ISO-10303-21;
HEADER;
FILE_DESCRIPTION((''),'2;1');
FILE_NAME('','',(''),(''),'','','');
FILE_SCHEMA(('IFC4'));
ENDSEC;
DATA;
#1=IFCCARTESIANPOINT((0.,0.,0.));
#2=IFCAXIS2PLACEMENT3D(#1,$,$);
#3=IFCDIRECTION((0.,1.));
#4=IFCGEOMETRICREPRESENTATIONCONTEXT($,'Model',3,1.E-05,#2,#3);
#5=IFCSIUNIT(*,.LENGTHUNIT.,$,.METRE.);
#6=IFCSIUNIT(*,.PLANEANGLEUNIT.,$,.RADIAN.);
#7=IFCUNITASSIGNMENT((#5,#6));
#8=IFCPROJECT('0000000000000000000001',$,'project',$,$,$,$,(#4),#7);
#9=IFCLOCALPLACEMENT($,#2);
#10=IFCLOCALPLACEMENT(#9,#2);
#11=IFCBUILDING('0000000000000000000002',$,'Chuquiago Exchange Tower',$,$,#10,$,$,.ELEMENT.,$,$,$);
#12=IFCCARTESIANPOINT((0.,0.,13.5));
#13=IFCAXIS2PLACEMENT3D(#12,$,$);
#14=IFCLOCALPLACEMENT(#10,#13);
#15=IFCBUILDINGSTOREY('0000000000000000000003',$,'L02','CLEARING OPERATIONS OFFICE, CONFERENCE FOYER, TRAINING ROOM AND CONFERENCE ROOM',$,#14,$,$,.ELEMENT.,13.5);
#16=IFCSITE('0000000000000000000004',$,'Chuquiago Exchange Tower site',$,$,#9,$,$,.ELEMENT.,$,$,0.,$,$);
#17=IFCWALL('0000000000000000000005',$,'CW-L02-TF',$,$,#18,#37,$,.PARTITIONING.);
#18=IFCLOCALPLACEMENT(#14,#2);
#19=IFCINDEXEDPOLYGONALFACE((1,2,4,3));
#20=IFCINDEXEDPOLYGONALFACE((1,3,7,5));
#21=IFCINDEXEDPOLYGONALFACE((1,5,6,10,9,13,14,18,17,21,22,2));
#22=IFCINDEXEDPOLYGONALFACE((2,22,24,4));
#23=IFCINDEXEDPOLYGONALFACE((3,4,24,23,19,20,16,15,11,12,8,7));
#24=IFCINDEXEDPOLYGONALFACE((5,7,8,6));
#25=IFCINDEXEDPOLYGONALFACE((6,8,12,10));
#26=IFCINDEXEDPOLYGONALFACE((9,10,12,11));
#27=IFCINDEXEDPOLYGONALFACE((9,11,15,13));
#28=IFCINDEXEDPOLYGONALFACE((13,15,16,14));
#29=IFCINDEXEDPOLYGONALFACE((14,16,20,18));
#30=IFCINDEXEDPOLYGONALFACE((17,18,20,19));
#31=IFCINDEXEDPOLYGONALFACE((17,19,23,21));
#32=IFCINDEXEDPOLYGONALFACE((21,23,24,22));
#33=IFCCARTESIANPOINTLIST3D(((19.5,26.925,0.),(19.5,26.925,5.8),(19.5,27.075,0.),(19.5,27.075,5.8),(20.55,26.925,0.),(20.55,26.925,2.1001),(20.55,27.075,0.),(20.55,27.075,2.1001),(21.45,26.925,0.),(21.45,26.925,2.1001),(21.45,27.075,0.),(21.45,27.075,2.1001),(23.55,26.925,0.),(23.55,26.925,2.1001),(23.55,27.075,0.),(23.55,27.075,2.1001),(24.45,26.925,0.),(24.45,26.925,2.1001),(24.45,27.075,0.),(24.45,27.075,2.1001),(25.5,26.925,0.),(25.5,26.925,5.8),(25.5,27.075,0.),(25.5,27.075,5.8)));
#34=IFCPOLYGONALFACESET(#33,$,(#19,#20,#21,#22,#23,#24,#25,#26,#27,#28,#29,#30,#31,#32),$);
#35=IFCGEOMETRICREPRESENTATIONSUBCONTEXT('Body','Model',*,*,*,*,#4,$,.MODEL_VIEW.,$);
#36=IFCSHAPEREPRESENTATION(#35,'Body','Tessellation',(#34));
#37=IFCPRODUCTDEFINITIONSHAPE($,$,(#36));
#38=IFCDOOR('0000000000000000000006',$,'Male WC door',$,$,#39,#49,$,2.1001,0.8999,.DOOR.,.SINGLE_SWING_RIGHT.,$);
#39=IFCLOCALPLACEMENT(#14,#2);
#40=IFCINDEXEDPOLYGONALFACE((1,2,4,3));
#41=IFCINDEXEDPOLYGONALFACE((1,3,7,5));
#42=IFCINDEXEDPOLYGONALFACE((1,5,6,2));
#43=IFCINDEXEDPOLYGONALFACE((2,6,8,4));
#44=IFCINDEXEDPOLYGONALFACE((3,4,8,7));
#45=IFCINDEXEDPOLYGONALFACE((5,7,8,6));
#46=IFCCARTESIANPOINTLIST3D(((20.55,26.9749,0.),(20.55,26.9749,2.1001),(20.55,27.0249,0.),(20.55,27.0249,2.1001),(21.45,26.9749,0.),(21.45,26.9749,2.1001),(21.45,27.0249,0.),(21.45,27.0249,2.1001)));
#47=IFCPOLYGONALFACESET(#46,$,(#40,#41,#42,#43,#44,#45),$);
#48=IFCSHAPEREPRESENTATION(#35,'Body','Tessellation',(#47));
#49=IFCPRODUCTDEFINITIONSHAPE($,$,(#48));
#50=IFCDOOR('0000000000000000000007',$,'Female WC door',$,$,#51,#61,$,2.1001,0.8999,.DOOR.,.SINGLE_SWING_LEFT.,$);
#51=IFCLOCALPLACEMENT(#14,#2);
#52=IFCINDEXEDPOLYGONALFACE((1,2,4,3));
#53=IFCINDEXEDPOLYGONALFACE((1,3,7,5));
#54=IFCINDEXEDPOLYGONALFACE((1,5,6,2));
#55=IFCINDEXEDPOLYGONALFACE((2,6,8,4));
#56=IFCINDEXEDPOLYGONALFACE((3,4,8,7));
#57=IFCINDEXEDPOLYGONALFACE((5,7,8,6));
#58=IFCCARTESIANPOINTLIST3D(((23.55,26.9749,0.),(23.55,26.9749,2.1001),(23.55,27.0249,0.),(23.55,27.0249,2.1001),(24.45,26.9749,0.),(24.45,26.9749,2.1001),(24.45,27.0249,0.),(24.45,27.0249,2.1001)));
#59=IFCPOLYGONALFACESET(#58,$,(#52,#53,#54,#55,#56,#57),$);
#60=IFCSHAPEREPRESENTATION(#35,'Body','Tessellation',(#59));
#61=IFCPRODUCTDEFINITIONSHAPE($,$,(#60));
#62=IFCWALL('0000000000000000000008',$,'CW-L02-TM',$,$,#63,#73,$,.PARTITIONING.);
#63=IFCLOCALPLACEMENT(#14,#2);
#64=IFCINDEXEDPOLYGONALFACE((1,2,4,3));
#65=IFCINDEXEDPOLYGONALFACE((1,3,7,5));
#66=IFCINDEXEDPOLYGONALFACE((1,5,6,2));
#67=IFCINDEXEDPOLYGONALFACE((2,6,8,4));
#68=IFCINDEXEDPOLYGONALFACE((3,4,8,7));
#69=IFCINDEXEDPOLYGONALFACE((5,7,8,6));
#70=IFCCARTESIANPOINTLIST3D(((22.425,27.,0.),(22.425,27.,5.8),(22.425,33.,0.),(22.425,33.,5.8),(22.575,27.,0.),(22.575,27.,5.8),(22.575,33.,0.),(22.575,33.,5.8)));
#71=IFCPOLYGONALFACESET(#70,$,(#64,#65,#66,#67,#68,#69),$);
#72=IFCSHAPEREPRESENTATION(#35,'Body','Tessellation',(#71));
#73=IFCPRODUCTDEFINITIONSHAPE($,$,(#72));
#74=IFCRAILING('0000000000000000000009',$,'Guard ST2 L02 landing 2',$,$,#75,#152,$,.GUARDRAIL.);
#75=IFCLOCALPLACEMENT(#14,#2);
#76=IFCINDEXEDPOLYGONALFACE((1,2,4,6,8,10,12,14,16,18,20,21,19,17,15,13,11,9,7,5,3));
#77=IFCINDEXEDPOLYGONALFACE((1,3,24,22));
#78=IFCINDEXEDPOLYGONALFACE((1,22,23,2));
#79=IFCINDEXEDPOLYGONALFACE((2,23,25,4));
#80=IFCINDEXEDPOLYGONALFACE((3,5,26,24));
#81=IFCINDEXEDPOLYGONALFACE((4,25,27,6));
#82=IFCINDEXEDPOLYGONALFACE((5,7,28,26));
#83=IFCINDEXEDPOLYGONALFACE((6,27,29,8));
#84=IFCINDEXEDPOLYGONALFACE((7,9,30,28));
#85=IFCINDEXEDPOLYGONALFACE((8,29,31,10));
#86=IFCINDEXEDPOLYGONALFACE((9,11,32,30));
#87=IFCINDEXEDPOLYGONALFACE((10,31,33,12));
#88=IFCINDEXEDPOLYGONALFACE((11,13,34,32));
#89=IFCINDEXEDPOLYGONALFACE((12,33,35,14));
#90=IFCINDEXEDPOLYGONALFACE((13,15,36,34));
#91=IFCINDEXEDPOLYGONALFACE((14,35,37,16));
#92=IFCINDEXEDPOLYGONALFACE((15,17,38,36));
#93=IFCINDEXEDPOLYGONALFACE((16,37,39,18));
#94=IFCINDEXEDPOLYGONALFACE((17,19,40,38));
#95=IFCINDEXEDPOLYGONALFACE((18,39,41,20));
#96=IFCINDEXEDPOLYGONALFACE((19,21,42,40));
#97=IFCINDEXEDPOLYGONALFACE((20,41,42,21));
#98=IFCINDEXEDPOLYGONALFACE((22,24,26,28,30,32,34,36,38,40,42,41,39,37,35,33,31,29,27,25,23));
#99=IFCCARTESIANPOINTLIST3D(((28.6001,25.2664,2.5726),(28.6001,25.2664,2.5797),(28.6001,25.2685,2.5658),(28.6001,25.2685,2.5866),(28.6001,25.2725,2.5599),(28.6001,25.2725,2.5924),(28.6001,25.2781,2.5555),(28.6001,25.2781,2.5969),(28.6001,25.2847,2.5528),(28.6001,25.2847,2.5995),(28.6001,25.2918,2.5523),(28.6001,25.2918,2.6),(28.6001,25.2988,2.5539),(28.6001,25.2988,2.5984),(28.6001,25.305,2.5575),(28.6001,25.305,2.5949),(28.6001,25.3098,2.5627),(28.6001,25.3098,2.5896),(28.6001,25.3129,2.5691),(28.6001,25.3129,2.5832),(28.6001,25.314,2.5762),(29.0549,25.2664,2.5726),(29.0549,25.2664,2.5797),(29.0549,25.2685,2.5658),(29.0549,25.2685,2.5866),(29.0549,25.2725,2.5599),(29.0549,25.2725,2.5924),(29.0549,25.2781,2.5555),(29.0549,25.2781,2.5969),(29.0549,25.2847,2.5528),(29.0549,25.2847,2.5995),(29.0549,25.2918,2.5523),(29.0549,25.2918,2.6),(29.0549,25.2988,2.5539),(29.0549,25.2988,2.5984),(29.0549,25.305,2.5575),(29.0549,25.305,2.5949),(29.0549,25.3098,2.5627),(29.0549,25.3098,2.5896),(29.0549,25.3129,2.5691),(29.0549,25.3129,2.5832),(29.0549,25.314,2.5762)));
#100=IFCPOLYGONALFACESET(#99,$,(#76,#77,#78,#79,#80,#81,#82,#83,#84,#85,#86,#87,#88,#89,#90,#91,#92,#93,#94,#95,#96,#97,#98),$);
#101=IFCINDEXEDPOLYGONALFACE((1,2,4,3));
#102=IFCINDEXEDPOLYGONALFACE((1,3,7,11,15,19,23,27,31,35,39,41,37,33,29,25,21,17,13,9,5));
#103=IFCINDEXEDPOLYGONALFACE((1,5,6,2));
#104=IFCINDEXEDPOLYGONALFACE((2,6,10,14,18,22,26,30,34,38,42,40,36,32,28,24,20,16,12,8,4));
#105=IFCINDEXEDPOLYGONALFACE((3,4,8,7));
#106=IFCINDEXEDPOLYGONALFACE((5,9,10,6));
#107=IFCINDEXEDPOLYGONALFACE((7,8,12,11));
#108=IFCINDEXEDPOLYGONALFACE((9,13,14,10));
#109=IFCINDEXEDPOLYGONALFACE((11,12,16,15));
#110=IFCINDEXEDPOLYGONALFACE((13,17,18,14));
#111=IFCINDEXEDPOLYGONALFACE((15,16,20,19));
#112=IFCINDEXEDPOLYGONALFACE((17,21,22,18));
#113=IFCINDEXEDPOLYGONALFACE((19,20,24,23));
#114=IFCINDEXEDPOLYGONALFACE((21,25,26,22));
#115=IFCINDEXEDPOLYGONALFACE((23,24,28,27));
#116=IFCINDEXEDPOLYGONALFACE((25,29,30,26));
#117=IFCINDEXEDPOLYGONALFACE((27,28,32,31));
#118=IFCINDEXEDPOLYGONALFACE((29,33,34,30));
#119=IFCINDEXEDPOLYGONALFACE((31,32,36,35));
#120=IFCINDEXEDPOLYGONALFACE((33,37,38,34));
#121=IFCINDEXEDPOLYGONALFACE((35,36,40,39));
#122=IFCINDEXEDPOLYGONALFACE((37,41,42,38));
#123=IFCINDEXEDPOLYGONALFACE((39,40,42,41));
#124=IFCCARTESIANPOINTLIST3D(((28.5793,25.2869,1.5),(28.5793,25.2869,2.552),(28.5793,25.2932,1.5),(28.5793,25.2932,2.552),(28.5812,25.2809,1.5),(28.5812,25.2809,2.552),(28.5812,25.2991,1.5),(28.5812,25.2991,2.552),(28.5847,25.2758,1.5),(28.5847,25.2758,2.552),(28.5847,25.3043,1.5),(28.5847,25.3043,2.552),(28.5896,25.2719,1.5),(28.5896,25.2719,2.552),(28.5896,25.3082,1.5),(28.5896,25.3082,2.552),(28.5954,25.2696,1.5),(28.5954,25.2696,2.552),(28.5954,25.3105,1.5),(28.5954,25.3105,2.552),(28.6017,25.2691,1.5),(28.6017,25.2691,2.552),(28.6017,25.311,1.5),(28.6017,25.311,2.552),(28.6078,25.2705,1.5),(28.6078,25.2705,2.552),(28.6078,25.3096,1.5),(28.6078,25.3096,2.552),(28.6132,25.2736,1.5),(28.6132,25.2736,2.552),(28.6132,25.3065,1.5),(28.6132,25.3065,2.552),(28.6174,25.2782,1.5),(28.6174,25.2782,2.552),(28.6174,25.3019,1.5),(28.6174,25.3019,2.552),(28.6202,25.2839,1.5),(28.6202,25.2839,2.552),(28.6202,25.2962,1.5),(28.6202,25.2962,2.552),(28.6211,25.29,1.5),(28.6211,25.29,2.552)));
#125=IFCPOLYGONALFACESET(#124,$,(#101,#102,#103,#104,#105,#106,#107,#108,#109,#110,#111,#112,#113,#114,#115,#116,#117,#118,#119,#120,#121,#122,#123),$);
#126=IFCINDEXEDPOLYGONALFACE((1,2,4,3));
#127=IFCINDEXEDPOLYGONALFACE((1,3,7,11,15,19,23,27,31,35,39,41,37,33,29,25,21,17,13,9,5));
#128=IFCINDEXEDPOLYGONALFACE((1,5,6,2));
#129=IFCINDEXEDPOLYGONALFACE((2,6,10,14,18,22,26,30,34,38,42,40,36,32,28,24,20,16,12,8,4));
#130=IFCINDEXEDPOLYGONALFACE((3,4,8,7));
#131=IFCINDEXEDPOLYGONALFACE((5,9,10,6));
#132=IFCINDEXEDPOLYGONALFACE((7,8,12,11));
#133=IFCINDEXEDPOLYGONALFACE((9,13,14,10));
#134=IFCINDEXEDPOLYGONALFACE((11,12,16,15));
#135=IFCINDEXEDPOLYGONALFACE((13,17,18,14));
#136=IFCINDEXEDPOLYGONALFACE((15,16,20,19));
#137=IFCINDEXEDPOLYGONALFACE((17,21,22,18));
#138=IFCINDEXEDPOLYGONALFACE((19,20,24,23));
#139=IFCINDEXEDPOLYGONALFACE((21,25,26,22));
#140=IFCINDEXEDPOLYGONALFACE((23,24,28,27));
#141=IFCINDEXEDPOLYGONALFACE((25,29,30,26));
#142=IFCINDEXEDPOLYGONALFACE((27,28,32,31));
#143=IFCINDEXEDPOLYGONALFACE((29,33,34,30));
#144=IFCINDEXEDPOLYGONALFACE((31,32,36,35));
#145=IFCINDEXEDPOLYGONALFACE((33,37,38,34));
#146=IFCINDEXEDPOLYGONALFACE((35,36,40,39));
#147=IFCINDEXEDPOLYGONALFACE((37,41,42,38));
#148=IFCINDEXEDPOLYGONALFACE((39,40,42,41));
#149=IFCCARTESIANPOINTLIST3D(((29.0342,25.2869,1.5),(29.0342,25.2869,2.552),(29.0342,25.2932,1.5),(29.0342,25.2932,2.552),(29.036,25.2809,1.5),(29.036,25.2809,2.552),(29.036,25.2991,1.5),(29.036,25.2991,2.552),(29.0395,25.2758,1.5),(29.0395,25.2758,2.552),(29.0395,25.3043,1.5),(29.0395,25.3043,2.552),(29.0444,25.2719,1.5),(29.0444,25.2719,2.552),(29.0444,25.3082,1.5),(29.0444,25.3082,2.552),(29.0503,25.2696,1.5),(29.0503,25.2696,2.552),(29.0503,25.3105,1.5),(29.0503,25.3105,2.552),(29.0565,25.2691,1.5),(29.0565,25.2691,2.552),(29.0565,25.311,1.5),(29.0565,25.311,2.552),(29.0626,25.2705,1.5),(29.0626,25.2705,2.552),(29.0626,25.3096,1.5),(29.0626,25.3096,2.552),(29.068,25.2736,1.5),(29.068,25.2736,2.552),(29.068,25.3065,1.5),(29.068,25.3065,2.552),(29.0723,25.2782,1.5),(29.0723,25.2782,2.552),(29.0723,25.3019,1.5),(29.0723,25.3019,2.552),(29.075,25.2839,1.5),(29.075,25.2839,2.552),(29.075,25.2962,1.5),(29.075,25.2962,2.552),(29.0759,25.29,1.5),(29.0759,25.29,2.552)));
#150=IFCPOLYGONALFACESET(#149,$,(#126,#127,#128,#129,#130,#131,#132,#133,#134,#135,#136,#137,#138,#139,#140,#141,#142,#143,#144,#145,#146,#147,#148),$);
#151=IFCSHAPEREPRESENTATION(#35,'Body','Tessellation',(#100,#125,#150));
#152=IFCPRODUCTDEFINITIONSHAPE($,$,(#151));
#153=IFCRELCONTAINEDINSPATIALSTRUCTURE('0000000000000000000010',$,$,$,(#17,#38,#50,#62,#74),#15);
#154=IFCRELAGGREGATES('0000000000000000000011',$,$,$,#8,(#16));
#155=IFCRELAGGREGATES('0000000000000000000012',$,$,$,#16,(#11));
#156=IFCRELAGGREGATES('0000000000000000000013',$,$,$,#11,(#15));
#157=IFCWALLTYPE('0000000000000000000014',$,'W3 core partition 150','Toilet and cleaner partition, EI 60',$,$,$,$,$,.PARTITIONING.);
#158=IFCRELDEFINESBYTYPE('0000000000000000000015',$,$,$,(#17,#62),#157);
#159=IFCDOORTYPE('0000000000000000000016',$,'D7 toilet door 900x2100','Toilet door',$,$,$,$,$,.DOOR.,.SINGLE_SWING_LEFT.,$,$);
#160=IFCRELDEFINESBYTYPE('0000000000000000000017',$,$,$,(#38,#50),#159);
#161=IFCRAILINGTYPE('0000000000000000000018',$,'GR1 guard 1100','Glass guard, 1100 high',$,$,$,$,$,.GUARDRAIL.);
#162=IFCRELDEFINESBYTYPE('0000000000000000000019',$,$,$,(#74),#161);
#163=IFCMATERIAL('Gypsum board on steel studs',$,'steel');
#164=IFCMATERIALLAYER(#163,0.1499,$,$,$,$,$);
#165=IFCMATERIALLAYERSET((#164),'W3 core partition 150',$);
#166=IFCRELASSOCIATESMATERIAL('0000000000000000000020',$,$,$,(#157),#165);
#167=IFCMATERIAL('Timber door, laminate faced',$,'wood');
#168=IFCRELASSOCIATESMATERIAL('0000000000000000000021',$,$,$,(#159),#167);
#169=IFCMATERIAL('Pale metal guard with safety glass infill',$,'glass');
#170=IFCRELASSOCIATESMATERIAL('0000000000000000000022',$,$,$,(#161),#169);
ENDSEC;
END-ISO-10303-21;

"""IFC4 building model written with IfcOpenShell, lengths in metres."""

from ifc_helpers import new_model, si_unit, direction, frame, frame_2d, origin, origin_2d, place, context, subcontext, project, spatial, rectangle, circle, extrude, material, layer, layer_set, type_object, element, fill, save


model = new_model("IFC4")

# Units and contexts
model_context = context("Model", 3, precision=1e-05, world=origin(), true_north=direction((0.0, 1.0)))
body_context = subcontext(model_context, "Body", "Model", "MODEL_VIEW")
ifc_project = project(units=[si_unit("LENGTHUNIT", "METRE"), si_unit("PLANEANGLEUNIT", "RADIAN")], contexts=[model_context])

# Site, building, storey
site_placement = place(None, origin())
site = spatial("IfcSite", under=ifc_project, at=site_placement, Name="Chuquiago Exchange Tower site", CompositionType="ELEMENT", RefElevation=0.0)
building_placement = place(site_placement, origin())
building = spatial("IfcBuilding", under=site, at=building_placement, Name="Chuquiago Exchange Tower", CompositionType="ELEMENT")
storey_placement = place(building_placement, frame((0.0, 0.0, 13.5)))
storey = spatial("IfcBuildingStorey", under=building, at=storey_placement, Name="L02", Description="CLEARING OPERATIONS OFFICE, CONFERENCE FOYER, TRAINING ROOM AND CONFERENCE ROOM", CompositionType="ELEMENT", Elevation=13.5)

# Wall, openings, doors
ifc_material_1 = material(Name="Gypsum board on steel studs", Category="steel")
ifc_layer_1 = layer(ifc_material_1, 0.1499)
ifc_layer_set_1 = layer_set([ifc_layer_1], Name="W3 core partition 150")
wall_type_1 = type_object("IfcWallType", Name="W3 core partition 150", Description="Toilet and cleaner partition, EI 60", PredefinedType="PARTITIONING", material=ifc_layer_set_1)
wall_1_placement = place(storey_placement, frame((19.5, 27.0, 0.0), z_axis=(0.0, 0.0, 1.0), x_axis=(1.0, 0.0, 0.0)))
wall_1 = element("IfcWall", 1, at=wall_1_placement, inside=storey, type_object=wall_type_1, Name="CW-L02-TF", PredefinedType="PARTITIONING", context=body_context, shape_type="SweptSolid", body=[
    extrude(rectangle(XDim=6.0, YDim=0.1499, at=frame_2d((3.0, 0.0))), origin(), (0.0, 0.0, 1.0), 5.8),
])
opening_1_placement = place(wall_1_placement, frame((1.05, 0.0, 0.0)))
opening_1 = element("IfcOpeningElement", 2, at=opening_1_placement, cuts=wall_1, PredefinedType="OPENING", context=body_context, shape_type="SweptSolid", body=[
    extrude(rectangle(XDim=0.8999, YDim=2.1001, at=frame_2d((0.45, 1.05))), frame((0.0, 0.085, 0.0), z_axis=(0.0, -1.0, 0.0), x_axis=(1.0, 0.0, 0.0)), (0.0, 0.0, 1.0), 0.1699),
])
opening_2_placement = place(wall_1_placement, frame((4.05, 0.0, 0.0)))
opening_2 = element("IfcOpeningElement", 3, at=opening_2_placement, cuts=wall_1, PredefinedType="OPENING", context=body_context, shape_type="SweptSolid", body=[
    extrude(rectangle(XDim=0.8999, YDim=2.1001, at=frame_2d((0.45, 1.05))), frame((0.0, 0.085, 0.0), z_axis=(0.0, -1.0, 0.0), x_axis=(1.0, 0.0, 0.0)), (0.0, 0.0, 1.0), 0.1699),
])
ifc_material_2 = material(Name="Timber door, laminate faced", Category="wood")
door_type_1 = type_object("IfcDoorType", Name="D7 toilet door 900x2100", Description="Toilet door", OperationType="SINGLE_SWING_LEFT", PredefinedType="DOOR", material=ifc_material_2)
door_1_placement = place(opening_1_placement, origin())
door_1 = element("IfcDoor", 4, at=door_1_placement, inside=storey, type_object=door_type_1, Name="Male WC door", OperationType="SINGLE_SWING_RIGHT", OverallHeight=2.1001, OverallWidth=0.8999, PredefinedType="DOOR", context=body_context, shape_type="SweptSolid", body=[
    extrude(rectangle(XDim=0.8999, YDim=2.1001, at=frame_2d((0.45, 1.05))), frame((0.0, 0.0249, 0.0), z_axis=(0.0, -1.0, 0.0), x_axis=(1.0, 0.0, 0.0)), (0.0, 0.0, 1.0), 0.05),
])
fill(opening_1, door_1)
door_2_placement = place(opening_2_placement, origin())
door_2 = element("IfcDoor", 5, at=door_2_placement, inside=storey, type_object=door_type_1, Name="Female WC door", OperationType="SINGLE_SWING_LEFT", OverallHeight=2.1001, OverallWidth=0.8999, PredefinedType="DOOR", context=body_context, shape_type="SweptSolid", body=[
    extrude(rectangle(XDim=0.8999, YDim=2.1001, at=frame_2d((0.45, 1.05))), frame((0.0, 0.0249, 0.0), z_axis=(0.0, -1.0, 0.0), x_axis=(1.0, 0.0, 0.0)), (0.0, 0.0, 1.0), 0.05),
])
fill(opening_2, door_2)

# Wall
wall_2_placement = place(storey_placement, frame((22.5, 27.0, 0.0), z_axis=(0.0, 0.0, 1.0), x_axis=(0.0, 1.0, 0.0)))
element("IfcWall", 6, at=wall_2_placement, inside=storey, type_object=wall_type_1, Name="CW-L02-TM", PredefinedType="PARTITIONING", context=body_context, shape_type="SweptSolid", body=[
    extrude(rectangle(XDim=6.0, YDim=0.1499, at=frame_2d((3.0, 0.0))), origin(), (0.0, 0.0, 1.0), 5.8),
])

# Railing
ifc_material_3 = material(Name="Pale metal guard with safety glass infill", Category="glass")
railing_type = type_object("IfcRailingType", Name="GR1 guard 1100", Description="Glass guard, 1100 high", PredefinedType="GUARDRAIL", material=ifc_material_3)
for number, where, name in (
    (7, (28.6001, 25.29, 1.5), "Guard ST2 L02 landing 2"),
):
    element("IfcRailing", number, at=place(storey_placement, frame(where)), inside=storey, type_object=railing_type, Name=name, PredefinedType="GUARDRAIL", context=body_context, shape_type="SweptSolid", body=[
        extrude(circle(Radius=0.0239, at=origin_2d()), frame((0.0, 0.0, 1.0762), z_axis=(1.0, 0.0, 0.0), x_axis=(0.0, 1.0, 0.0)), (0.0, 0.0, 1.0), 0.4548),
        extrude(circle(Radius=0.021, at=origin_2d()), origin(), (0.0, 0.0, 1.0), 1.052),
        extrude(circle(Radius=0.021, at=origin_2d()), frame((0.4548, 0.0, 0.0)), (0.0, 0.0, 1.0), 1.052),
    ])

save(model, "model.ifc")
